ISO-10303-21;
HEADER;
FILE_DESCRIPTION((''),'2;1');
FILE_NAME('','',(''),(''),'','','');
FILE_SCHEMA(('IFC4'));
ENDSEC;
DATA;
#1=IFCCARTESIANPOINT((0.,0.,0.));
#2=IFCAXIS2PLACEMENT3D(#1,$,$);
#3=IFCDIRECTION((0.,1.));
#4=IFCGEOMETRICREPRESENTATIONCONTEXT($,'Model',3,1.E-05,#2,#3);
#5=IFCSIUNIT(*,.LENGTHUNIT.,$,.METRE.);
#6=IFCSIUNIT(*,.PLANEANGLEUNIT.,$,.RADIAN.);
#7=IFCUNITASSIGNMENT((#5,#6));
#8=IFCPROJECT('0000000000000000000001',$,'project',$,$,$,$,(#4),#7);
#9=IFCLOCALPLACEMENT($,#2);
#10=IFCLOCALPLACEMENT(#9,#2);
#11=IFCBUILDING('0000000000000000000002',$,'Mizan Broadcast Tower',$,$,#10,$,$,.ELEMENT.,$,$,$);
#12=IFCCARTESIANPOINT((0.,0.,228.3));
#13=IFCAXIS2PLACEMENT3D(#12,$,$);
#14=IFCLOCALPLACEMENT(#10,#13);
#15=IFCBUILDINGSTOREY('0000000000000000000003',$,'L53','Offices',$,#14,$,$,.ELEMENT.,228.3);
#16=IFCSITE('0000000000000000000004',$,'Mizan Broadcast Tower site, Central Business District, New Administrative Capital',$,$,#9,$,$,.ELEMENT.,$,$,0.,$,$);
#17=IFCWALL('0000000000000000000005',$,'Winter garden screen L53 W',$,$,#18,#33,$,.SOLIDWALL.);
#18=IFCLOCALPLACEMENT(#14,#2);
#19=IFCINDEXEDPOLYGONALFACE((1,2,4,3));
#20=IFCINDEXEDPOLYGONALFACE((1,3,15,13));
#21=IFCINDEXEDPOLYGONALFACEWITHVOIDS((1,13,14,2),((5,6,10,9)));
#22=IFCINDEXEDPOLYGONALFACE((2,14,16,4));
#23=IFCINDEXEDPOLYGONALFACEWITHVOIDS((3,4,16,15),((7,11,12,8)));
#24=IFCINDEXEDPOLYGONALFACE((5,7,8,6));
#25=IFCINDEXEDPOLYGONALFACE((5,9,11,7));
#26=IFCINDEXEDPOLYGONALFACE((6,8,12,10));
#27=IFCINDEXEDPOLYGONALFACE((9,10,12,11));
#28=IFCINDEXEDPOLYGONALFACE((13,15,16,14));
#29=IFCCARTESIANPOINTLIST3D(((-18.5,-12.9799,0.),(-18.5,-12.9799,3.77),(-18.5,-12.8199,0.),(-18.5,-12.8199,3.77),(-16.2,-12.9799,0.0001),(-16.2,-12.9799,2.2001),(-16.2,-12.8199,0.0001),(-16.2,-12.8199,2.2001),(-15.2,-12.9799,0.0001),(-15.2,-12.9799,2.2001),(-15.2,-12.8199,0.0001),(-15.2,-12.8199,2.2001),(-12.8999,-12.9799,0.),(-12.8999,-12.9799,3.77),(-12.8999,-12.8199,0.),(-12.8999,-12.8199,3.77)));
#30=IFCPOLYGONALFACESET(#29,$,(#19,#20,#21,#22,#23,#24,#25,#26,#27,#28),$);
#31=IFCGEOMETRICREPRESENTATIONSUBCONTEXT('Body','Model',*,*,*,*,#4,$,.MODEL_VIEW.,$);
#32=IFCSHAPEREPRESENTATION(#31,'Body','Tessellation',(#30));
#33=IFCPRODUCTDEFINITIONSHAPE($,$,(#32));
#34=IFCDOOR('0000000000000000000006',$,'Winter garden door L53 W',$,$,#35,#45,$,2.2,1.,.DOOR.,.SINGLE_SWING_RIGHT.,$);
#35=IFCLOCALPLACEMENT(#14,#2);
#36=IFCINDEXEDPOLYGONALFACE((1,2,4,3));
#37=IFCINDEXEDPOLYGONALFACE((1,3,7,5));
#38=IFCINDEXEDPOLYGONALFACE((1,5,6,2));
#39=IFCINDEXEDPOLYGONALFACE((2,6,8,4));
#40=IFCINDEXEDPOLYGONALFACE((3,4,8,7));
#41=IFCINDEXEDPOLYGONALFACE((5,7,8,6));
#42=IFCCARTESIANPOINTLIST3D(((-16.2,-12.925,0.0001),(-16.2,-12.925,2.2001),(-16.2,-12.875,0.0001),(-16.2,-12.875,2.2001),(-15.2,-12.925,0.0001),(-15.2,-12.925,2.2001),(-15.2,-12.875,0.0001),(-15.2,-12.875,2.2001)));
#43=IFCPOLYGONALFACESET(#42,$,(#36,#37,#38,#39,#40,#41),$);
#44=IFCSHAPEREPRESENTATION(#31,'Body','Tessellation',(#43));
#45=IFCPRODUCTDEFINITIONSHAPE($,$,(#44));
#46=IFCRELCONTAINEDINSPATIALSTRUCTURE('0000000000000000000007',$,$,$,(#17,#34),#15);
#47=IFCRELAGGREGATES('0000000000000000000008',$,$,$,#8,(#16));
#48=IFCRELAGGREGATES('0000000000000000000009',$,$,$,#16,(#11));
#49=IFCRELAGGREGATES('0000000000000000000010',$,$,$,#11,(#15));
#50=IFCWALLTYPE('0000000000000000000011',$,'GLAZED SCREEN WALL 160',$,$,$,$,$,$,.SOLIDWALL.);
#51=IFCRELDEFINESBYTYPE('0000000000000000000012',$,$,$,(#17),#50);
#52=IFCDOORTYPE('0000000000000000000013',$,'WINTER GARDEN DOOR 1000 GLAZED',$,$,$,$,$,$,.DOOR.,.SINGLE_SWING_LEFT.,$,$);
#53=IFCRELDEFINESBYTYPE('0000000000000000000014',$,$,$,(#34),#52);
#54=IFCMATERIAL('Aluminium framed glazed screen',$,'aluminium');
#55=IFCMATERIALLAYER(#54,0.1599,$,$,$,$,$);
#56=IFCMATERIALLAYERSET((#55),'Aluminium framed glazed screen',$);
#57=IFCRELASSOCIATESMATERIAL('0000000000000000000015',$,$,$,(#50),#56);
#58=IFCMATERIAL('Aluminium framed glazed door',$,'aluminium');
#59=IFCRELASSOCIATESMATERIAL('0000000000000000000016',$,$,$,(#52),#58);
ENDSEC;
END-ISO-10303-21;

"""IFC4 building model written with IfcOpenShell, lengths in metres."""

from ifc_helpers import new_model, si_unit, direction, frame, frame_2d, origin, place, context, subcontext, project, spatial, rectangle, extrude, material, layer, layer_set, type_object, element, fill, save


model = new_model("IFC4")

# Units and contexts
model_context = context("Model", 3, precision=1e-05, world=origin(), true_north=direction((0.0, 1.0)))
body_context = subcontext(model_context, "Body", "Model", "MODEL_VIEW")
ifc_project = project(units=[si_unit("LENGTHUNIT", "METRE"), si_unit("PLANEANGLEUNIT", "RADIAN")], contexts=[model_context])

# Site, building, storey
site_placement = place(None, origin())
site = spatial("IfcSite", under=ifc_project, at=site_placement, Name="Mizan Broadcast Tower site, Central Business District, New Administrative Capital", CompositionType="ELEMENT", RefElevation=0.0)
building_placement = place(site_placement, origin())
building = spatial("IfcBuilding", under=site, at=building_placement, Name="Mizan Broadcast Tower", CompositionType="ELEMENT")
storey_placement = place(building_placement, frame((0.0, 0.0, 228.3)))
storey = spatial("IfcBuildingStorey", under=building, at=storey_placement, Name="L53", Description="Offices", CompositionType="ELEMENT", Elevation=228.3)

# Wall, opening, door
ifc_material_1 = material(Name="Aluminium framed glazed screen", Category="aluminium")
ifc_layer_1 = layer(ifc_material_1, 0.1599)
ifc_layer_set_1 = layer_set([ifc_layer_1], Name="Aluminium framed glazed screen")
wall_type = type_object("IfcWallType", Name="GLAZED SCREEN WALL 160", PredefinedType="SOLIDWALL", material=ifc_layer_set_1)
wall_placement = place(storey_placement, frame((-18.5, -12.8999, 0.0), z_axis=(0.0, 0.0, 1.0), x_axis=(1.0, 0.0, 0.0)))
wall = element("IfcWall", 1, at=wall_placement, inside=storey, type_object=wall_type, Name="Winter garden screen L53 W", PredefinedType="SOLIDWALL", context=body_context, shape_type="SweptSolid", body=[
    extrude(rectangle(XDim=5.6001, YDim=0.1599, at=frame_2d((2.8, 0.0))), origin(), (0.0, 0.0, 1.0), 3.77),
])
opening_placement = place(wall_placement, frame((2.3, 0.0, 0.0)))
opening = element("IfcOpeningElement", 2, at=opening_placement, cuts=wall, PredefinedType="OPENING", context=body_context, shape_type="SweptSolid", body=[
    extrude(rectangle(XDim=1.0, YDim=2.2, at=frame_2d((0.5, 1.1001))), frame((0.0, 0.0898, 0.0), z_axis=(0.0, -1.0, 0.0), x_axis=(1.0, 0.0, 0.0)), (0.0, 0.0, 1.0), 0.1799),
])
ifc_material_2 = material(Name="Aluminium framed glazed door", Category="aluminium")
door_type = type_object("IfcDoorType", Name="WINTER GARDEN DOOR 1000 GLAZED", OperationType="SINGLE_SWING_LEFT", PredefinedType="DOOR", material=ifc_material_2)
door_placement = place(opening_placement, origin())
door = element("IfcDoor", 3, at=door_placement, inside=storey, type_object=door_type, Name="Winter garden door L53 W", OperationType="SINGLE_SWING_RIGHT", OverallHeight=2.2, OverallWidth=1.0, PredefinedType="DOOR", context=body_context, shape_type="SweptSolid", body=[
    extrude(rectangle(XDim=1.0, YDim=2.2, at=frame_2d((0.5, 1.1001))), frame((0.0, 0.0249, 0.0), z_axis=(0.0, -1.0, 0.0), x_axis=(1.0, 0.0, 0.0)), (0.0, 0.0, 1.0), 0.05),
])
fill(opening, door)

save(model, "model.ifc")
